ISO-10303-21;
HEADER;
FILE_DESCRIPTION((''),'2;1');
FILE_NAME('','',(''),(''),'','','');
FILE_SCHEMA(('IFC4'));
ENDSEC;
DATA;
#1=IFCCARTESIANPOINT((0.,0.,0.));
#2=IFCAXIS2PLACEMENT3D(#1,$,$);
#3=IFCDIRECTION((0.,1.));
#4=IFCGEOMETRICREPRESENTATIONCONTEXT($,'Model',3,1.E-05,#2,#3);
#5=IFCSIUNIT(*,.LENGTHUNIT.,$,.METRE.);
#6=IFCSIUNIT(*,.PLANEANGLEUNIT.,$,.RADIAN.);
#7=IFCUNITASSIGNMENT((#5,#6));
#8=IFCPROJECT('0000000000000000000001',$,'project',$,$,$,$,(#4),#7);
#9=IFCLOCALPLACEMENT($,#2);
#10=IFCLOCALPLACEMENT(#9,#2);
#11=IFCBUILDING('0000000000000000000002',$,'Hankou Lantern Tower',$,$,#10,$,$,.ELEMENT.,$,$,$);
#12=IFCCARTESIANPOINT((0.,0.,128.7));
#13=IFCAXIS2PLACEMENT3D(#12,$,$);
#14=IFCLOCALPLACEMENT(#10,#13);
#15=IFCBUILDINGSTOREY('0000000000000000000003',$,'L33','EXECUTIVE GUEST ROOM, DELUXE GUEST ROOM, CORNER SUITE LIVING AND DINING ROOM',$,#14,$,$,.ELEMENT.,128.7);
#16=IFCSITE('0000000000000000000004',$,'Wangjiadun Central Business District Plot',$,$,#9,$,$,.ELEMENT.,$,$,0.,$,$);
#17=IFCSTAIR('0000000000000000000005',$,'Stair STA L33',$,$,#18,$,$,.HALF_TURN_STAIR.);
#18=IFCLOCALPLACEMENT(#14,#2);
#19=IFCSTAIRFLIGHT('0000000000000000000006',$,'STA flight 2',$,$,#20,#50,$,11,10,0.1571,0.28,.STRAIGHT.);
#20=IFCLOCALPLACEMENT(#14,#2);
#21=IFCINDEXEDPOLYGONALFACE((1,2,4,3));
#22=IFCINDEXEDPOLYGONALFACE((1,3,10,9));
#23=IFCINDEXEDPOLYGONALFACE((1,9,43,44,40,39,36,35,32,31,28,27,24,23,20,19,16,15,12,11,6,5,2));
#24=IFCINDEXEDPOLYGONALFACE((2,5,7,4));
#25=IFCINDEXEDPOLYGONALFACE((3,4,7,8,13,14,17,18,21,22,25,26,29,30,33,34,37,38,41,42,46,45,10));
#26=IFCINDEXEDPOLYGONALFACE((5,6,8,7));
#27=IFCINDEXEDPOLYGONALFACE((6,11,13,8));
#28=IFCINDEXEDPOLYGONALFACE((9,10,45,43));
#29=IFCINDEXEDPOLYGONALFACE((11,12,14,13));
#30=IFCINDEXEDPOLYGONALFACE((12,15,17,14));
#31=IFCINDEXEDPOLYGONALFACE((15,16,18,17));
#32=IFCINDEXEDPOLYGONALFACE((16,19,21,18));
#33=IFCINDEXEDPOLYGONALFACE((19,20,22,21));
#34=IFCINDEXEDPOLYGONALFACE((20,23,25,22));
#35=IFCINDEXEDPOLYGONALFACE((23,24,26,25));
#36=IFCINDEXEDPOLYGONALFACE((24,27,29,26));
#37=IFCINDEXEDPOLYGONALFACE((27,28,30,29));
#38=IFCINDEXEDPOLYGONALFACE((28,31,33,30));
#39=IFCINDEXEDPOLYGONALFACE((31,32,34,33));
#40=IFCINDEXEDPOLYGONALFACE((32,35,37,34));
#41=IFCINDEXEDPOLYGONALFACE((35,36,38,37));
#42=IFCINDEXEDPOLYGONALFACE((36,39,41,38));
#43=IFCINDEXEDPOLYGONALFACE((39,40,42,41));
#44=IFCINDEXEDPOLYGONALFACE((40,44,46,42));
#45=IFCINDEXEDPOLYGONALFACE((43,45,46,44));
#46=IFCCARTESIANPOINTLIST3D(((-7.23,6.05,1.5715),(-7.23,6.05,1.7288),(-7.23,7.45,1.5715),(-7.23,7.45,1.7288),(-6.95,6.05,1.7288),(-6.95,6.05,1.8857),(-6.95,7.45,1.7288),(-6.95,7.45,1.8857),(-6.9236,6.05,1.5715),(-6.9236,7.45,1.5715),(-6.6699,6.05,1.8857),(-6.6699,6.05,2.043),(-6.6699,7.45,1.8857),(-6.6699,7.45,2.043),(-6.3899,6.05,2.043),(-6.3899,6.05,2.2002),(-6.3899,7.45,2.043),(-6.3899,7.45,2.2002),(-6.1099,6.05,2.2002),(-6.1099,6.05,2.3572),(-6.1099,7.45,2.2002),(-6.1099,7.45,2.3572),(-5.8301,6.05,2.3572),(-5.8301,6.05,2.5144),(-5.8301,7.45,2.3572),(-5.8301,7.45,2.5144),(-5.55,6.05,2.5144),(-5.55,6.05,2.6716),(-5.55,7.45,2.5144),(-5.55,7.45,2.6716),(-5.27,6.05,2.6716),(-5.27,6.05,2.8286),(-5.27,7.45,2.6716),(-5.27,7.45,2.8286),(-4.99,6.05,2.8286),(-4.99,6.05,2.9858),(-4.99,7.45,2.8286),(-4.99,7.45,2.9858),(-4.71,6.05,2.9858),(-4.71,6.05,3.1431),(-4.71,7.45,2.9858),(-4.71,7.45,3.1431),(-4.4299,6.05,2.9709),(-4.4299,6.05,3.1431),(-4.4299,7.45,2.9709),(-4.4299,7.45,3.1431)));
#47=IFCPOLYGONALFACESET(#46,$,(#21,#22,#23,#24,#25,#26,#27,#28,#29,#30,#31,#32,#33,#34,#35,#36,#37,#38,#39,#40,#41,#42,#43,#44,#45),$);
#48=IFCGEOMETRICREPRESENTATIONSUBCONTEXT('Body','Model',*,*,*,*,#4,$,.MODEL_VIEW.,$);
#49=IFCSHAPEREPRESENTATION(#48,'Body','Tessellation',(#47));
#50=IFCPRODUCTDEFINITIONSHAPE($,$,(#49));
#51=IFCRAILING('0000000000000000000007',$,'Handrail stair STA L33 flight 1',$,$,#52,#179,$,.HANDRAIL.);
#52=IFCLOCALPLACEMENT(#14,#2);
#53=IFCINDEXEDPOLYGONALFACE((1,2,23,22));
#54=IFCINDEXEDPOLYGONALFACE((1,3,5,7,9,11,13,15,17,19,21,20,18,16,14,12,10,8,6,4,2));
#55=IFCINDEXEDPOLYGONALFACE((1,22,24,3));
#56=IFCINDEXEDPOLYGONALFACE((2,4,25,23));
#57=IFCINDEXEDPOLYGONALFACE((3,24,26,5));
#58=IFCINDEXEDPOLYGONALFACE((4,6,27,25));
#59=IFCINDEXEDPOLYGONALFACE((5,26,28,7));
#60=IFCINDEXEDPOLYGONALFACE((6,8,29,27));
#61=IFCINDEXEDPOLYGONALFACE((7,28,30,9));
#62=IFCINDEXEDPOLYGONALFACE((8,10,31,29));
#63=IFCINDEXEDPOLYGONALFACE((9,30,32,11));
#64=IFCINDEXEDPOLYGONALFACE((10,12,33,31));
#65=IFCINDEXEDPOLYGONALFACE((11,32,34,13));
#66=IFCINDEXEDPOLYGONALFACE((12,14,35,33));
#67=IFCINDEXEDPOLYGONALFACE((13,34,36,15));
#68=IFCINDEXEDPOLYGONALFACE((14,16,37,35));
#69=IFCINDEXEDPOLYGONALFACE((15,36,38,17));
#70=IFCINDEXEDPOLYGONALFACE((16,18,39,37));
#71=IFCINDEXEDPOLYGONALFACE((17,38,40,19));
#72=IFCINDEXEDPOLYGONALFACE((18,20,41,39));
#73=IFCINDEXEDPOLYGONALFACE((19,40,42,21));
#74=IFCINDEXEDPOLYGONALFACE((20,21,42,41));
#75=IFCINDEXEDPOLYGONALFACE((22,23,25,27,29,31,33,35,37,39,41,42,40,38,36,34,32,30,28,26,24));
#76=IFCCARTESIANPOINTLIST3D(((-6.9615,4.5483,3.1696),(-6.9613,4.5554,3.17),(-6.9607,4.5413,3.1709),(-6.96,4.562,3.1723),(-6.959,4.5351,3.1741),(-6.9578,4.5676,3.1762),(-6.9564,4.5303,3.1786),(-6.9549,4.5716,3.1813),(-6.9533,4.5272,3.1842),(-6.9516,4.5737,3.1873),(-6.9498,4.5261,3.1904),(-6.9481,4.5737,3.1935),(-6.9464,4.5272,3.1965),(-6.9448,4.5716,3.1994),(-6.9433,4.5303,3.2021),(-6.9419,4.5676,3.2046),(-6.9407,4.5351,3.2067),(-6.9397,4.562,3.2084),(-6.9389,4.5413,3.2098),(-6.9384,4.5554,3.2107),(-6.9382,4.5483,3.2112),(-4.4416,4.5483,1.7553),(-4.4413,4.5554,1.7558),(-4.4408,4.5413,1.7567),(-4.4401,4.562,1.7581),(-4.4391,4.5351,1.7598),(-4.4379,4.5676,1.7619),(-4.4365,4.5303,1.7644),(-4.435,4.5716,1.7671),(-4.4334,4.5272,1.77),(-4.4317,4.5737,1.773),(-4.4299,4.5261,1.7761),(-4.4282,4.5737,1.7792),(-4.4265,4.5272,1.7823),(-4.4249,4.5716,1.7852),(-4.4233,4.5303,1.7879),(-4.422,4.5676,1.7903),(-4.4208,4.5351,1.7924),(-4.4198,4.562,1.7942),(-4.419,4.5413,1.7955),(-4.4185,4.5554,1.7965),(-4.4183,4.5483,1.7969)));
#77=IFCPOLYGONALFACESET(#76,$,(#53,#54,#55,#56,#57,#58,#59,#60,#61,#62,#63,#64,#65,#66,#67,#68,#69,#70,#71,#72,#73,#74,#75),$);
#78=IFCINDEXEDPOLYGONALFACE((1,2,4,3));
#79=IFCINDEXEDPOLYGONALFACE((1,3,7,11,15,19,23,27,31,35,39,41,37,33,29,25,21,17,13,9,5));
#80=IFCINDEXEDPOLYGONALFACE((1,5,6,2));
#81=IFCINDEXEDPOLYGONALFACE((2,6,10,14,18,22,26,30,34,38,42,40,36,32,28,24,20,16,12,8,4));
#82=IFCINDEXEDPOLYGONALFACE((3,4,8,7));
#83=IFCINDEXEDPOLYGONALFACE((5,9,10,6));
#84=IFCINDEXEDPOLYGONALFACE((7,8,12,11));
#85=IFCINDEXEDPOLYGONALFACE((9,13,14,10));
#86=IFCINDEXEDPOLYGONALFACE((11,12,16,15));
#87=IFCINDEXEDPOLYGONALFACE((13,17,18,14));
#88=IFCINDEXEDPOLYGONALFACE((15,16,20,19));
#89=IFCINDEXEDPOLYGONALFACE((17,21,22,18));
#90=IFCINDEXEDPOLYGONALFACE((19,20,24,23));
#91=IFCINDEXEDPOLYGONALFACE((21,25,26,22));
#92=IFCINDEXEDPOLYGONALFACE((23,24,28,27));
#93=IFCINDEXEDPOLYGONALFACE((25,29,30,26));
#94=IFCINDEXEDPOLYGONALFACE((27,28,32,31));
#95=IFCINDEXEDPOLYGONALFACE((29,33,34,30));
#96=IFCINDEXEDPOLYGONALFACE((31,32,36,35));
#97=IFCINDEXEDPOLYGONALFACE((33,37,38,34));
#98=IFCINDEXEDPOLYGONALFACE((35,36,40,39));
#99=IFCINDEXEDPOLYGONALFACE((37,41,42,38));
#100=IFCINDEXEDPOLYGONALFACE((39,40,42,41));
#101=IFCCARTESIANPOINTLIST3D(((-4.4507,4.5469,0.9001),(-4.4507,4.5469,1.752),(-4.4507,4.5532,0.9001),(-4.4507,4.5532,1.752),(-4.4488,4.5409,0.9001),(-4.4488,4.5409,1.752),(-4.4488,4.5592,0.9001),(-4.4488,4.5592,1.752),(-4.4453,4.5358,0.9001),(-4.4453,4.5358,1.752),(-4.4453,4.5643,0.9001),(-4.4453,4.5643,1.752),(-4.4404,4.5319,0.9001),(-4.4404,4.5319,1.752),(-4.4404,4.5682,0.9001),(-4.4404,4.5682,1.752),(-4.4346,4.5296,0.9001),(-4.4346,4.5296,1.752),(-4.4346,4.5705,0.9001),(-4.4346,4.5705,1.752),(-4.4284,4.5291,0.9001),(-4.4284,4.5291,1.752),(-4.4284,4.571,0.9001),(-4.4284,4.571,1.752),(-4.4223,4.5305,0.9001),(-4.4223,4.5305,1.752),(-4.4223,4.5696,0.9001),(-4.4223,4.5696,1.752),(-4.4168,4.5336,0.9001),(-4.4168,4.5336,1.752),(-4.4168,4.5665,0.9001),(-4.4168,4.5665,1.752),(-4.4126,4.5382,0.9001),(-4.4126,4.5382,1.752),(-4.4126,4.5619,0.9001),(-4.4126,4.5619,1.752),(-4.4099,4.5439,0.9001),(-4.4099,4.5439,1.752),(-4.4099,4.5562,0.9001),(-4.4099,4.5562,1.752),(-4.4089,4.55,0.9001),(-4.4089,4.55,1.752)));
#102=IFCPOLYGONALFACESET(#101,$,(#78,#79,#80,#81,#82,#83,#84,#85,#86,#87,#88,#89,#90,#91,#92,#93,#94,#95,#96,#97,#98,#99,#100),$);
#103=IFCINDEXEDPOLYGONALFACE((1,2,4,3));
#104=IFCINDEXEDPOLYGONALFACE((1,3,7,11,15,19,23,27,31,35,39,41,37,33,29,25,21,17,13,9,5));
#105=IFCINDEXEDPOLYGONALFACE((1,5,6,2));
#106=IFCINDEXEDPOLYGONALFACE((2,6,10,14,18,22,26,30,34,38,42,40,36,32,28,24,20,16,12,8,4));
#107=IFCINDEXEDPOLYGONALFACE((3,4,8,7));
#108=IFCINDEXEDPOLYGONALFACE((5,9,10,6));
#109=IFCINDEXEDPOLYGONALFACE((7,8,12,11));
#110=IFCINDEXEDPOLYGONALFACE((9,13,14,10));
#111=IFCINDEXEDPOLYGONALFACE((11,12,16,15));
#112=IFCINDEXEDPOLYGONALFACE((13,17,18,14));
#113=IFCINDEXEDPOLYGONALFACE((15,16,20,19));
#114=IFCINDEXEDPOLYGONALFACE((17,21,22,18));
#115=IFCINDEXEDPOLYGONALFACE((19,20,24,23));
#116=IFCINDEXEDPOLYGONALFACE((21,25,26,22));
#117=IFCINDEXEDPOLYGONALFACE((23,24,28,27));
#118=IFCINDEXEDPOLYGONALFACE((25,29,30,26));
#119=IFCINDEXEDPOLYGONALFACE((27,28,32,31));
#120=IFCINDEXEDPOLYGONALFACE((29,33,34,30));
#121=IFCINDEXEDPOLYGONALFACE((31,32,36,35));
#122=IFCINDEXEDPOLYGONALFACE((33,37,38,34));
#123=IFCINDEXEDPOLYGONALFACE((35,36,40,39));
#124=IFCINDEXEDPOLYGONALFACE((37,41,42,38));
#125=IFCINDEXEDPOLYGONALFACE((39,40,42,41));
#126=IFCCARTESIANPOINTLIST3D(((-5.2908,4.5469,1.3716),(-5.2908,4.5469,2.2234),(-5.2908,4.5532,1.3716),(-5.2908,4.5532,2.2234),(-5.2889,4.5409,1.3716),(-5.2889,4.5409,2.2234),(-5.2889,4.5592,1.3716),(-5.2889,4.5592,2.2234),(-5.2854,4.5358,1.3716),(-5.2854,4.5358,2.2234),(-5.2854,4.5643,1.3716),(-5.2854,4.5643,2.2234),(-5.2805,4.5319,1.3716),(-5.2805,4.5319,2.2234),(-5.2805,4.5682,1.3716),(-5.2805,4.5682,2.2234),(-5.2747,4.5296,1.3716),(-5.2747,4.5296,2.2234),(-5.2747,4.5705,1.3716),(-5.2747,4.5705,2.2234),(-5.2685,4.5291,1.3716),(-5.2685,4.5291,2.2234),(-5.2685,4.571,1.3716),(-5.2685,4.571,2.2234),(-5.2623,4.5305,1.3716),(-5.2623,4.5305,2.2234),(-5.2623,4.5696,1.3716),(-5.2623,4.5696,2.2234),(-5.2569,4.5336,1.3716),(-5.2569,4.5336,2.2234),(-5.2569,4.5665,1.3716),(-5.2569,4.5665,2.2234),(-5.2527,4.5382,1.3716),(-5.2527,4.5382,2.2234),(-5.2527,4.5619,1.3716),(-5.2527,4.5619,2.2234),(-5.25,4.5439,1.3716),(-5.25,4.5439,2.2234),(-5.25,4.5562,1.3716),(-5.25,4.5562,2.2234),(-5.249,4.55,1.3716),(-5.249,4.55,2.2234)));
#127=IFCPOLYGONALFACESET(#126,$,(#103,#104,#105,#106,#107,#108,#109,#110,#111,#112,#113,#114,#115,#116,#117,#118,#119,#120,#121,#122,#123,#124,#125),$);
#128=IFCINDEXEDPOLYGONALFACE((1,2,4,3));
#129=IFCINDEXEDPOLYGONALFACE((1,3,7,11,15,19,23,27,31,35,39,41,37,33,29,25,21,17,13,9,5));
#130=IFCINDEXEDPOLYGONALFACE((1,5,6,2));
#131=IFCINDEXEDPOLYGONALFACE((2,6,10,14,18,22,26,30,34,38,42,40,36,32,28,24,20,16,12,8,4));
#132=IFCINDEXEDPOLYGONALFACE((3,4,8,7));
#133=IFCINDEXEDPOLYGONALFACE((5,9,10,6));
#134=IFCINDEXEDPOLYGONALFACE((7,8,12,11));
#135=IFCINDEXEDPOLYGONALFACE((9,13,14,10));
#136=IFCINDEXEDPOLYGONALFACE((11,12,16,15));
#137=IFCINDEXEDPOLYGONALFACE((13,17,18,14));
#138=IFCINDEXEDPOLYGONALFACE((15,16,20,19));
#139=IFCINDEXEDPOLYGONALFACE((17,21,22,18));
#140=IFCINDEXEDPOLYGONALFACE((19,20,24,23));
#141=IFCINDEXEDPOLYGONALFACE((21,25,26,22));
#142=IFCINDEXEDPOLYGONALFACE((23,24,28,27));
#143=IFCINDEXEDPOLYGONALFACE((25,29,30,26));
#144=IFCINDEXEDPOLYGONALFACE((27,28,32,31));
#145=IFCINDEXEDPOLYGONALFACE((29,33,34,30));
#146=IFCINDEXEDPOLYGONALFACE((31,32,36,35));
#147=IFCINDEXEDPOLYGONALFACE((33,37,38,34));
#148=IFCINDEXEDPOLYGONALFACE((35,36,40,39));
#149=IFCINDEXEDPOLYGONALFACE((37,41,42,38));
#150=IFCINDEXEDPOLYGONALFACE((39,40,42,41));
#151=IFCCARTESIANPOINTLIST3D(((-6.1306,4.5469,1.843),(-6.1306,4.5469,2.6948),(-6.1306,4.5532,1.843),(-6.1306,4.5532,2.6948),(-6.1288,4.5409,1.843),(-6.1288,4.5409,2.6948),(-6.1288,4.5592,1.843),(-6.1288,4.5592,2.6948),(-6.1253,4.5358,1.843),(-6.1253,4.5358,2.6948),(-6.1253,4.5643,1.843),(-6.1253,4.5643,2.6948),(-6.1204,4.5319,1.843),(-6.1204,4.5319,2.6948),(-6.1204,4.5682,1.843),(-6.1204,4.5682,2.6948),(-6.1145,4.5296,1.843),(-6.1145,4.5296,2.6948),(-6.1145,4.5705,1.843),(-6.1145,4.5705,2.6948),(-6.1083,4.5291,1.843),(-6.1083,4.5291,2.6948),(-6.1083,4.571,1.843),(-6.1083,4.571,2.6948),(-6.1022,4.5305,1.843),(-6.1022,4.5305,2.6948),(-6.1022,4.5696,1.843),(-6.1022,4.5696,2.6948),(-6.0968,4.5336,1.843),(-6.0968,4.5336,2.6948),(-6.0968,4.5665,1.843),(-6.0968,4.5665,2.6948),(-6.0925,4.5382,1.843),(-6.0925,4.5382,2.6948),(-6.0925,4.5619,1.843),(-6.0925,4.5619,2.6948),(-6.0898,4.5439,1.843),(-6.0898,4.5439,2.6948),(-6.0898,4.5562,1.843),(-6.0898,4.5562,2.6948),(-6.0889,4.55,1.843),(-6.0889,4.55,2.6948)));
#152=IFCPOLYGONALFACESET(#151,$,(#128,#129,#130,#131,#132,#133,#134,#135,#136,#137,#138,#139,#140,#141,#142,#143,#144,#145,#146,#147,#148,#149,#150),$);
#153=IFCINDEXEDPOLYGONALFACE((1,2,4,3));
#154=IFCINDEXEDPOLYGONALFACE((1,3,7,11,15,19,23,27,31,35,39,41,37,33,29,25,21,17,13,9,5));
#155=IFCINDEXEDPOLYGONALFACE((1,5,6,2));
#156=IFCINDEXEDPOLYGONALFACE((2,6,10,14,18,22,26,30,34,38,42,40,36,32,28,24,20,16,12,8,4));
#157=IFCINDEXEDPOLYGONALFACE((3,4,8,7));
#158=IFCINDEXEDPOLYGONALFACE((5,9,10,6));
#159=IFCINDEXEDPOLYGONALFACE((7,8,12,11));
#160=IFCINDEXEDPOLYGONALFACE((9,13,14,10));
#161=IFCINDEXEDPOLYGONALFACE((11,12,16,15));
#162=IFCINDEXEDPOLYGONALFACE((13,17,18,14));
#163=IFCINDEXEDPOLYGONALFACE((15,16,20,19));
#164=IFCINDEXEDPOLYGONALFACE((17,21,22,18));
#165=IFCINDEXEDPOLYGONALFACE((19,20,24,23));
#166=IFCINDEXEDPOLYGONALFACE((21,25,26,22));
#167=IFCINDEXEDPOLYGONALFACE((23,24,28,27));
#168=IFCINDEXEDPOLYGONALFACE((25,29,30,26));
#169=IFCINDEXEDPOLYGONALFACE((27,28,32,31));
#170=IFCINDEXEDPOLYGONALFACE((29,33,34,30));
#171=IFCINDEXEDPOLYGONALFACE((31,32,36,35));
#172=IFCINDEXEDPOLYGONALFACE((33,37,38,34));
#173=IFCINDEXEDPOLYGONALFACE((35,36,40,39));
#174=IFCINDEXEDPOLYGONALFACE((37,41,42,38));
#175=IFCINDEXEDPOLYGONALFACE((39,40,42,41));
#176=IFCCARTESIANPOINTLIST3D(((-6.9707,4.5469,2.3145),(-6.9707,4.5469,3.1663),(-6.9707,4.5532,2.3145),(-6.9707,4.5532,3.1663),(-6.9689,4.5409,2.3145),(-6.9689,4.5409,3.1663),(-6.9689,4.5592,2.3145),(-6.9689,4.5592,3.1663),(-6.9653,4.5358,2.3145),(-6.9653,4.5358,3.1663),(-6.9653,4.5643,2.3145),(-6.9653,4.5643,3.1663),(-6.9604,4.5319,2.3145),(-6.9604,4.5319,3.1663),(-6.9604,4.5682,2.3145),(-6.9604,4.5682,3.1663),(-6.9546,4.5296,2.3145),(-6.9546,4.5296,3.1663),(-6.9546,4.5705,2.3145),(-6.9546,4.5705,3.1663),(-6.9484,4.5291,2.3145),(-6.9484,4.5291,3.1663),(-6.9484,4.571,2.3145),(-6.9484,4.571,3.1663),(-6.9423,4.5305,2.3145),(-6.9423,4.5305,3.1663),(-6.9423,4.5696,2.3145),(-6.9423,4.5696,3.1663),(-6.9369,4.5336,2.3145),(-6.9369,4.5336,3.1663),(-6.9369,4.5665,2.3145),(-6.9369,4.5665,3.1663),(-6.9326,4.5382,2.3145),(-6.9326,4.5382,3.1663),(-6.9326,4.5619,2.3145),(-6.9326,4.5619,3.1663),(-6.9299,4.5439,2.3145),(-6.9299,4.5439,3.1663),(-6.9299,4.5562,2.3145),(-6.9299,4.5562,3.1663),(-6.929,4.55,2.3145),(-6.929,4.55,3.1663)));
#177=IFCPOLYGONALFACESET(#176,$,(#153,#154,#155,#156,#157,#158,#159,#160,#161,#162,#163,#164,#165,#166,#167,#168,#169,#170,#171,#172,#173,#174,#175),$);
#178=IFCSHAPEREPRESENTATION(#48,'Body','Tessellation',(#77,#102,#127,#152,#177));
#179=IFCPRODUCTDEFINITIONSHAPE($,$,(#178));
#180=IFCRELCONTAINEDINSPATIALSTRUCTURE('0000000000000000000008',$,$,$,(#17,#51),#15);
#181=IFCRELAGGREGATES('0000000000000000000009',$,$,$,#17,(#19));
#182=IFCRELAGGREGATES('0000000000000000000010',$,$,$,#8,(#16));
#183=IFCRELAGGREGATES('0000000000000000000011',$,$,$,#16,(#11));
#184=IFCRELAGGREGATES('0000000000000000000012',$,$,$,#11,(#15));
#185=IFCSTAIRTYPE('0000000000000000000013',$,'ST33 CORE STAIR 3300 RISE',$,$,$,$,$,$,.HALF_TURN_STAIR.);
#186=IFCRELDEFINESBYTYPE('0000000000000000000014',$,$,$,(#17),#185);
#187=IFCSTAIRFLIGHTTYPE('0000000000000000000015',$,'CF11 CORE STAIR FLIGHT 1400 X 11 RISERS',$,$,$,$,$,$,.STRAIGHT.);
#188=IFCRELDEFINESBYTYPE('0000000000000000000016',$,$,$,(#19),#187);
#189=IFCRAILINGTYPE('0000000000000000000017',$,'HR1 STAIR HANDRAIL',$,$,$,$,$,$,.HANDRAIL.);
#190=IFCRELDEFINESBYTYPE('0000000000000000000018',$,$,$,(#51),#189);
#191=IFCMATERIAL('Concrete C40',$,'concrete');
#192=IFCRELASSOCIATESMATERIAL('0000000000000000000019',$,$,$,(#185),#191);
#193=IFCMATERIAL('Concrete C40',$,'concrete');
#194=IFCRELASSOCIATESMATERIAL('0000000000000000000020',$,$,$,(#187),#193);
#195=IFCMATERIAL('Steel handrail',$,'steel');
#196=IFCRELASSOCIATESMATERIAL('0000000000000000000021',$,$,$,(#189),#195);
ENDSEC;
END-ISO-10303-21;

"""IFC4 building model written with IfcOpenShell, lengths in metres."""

from ifc_helpers import new_model, si_unit, direction, frame, origin, origin_2d, place, context, subcontext, project, spatial, polyline, circle, outline, extrude, material, type_object, element, aggregate, save


model = new_model("IFC4")

# Units and contexts
model_context = context("Model", 3, precision=1e-05, world=origin(), true_north=direction((0.0, 1.0)))
body_context = subcontext(model_context, "Body", "Model", "MODEL_VIEW")
ifc_project = project(units=[si_unit("LENGTHUNIT", "METRE"), si_unit("PLANEANGLEUNIT", "RADIAN")], contexts=[model_context])

# Site, building, storey
site_placement = place(None, origin())
site = spatial("IfcSite", under=ifc_project, at=site_placement, Name="Wangjiadun Central Business District Plot", CompositionType="ELEMENT", RefElevation=0.0)
building_placement = place(site_placement, origin())
building = spatial("IfcBuilding", under=site, at=building_placement, Name="Hankou Lantern Tower", CompositionType="ELEMENT")
storey_placement = place(building_placement, frame((0.0, 0.0, 128.7)))
storey = spatial("IfcBuildingStorey", under=building, at=storey_placement, Name="L33", Description="EXECUTIVE GUEST ROOM, DELUXE GUEST ROOM, CORNER SUITE LIVING AND DINING ROOM", CompositionType="ELEMENT", Elevation=128.7)

# Stair, stair flight
ifc_material_1 = material(Name="Concrete C40", Category="concrete")
stair_type = type_object("IfcStairType", Name="ST33 CORE STAIR 3300 RISE", PredefinedType="HALF_TURN_STAIR", material=ifc_material_1)
stair_placement = place(storey_placement, origin())
stair = element("IfcStair", 1, at=stair_placement, inside=storey, type_object=stair_type, Name="Stair STA L33", PredefinedType="HALF_TURN_STAIR")
ifc_material_2 = material(Name="Concrete C40", Category="concrete")
stair_flight_type_1 = type_object("IfcStairFlightType", Name="CF11 CORE STAIR FLIGHT 1400 X 11 RISERS", PredefinedType="STRAIGHT", material=ifc_material_2)
stair_flight_1_placement = place(storey_placement, frame((-7.23, 6.75, 1.5715), z_axis=(0.0, 0.0, 1.0), x_axis=(1.0, 0.0, 0.0)))
stair_flight_1 = element("IfcStairFlight", 2, at=stair_flight_1_placement, type_object=stair_flight_type_1, Name="STA flight 2", NumberOfRisers=11, NumberOfTreads=10, PredefinedType="STRAIGHT", RiserHeight=0.1571, TreadLength=0.28, context=body_context, shape_type="SweptSolid", body=[
    extrude(outline(polyline([(0.0, 0.0), (0.0, 0.1572), (0.28, 0.1572), (0.28, 0.3142), (0.5601, 0.3142), (0.5601, 0.4714), (0.8401, 0.4714), (0.8401, 0.6287), (1.1201, 0.6287), (1.1201, 0.7856), (1.3999, 0.7856), (1.3999, 0.9429), (1.6799, 0.9429), (1.6799, 1.1001), (1.96, 1.1001), (1.96, 1.2571), (2.24, 1.2571), (2.24, 1.4143), (2.52, 1.4143), (2.52, 1.5715), (2.8, 1.5715), (2.8, 1.7285), (2.8, 1.3994), (0.3064, 0.0), (0.0, 0.0)])), frame((0.0, 0.7, 0.0), z_axis=(0.0, -1.0, 0.0), x_axis=(1.0, 0.0, 0.0)), (0.0, 0.0, 1.0), 1.3999),
])
aggregate(stair, [stair_flight_1])

# Railing
ifc_material_3 = material(Name="Steel handrail", Category="steel")
railing_type = type_object("IfcRailingType", Name="HR1 STAIR HANDRAIL", PredefinedType="HANDRAIL", material=ifc_material_3)
railing_1_placement = place(storey_placement, frame((-4.4299, 4.55, 0.9001)))
element("IfcRailing", 3, at=railing_1_placement, inside=storey, type_object=railing_type, Name="Handrail stair STA L33 flight 1", PredefinedType="HANDRAIL", context=body_context, shape_type="SweptSolid", body=[
    extrude(circle(Radius=0.0239, at=origin_2d()), frame((0.0, 0.0, 0.876), z_axis=(-0.872049, 0.0, 0.489419), x_axis=(0.0, -1.0, 0.0)), (0.0, 0.0, 1.0), 2.8896),
    extrude(circle(Radius=0.021, at=origin_2d()), origin(), (0.0, 0.0, 1.0), 0.8518),
    extrude(circle(Radius=0.021, at=origin_2d()), frame((-0.8401, 0.0, 0.4714)), (0.0, 0.0, 1.0), 0.8518),
    extrude(circle(Radius=0.021, at=origin_2d()), frame((-1.6799, 0.0, 0.9429)), (0.0, 0.0, 1.0), 0.8518),
    extrude(circle(Radius=0.021, at=origin_2d()), frame((-2.52, 0.0, 1.4143)), (0.0, 0.0, 1.0), 0.8518),
])

save(model, "model.ifc")
